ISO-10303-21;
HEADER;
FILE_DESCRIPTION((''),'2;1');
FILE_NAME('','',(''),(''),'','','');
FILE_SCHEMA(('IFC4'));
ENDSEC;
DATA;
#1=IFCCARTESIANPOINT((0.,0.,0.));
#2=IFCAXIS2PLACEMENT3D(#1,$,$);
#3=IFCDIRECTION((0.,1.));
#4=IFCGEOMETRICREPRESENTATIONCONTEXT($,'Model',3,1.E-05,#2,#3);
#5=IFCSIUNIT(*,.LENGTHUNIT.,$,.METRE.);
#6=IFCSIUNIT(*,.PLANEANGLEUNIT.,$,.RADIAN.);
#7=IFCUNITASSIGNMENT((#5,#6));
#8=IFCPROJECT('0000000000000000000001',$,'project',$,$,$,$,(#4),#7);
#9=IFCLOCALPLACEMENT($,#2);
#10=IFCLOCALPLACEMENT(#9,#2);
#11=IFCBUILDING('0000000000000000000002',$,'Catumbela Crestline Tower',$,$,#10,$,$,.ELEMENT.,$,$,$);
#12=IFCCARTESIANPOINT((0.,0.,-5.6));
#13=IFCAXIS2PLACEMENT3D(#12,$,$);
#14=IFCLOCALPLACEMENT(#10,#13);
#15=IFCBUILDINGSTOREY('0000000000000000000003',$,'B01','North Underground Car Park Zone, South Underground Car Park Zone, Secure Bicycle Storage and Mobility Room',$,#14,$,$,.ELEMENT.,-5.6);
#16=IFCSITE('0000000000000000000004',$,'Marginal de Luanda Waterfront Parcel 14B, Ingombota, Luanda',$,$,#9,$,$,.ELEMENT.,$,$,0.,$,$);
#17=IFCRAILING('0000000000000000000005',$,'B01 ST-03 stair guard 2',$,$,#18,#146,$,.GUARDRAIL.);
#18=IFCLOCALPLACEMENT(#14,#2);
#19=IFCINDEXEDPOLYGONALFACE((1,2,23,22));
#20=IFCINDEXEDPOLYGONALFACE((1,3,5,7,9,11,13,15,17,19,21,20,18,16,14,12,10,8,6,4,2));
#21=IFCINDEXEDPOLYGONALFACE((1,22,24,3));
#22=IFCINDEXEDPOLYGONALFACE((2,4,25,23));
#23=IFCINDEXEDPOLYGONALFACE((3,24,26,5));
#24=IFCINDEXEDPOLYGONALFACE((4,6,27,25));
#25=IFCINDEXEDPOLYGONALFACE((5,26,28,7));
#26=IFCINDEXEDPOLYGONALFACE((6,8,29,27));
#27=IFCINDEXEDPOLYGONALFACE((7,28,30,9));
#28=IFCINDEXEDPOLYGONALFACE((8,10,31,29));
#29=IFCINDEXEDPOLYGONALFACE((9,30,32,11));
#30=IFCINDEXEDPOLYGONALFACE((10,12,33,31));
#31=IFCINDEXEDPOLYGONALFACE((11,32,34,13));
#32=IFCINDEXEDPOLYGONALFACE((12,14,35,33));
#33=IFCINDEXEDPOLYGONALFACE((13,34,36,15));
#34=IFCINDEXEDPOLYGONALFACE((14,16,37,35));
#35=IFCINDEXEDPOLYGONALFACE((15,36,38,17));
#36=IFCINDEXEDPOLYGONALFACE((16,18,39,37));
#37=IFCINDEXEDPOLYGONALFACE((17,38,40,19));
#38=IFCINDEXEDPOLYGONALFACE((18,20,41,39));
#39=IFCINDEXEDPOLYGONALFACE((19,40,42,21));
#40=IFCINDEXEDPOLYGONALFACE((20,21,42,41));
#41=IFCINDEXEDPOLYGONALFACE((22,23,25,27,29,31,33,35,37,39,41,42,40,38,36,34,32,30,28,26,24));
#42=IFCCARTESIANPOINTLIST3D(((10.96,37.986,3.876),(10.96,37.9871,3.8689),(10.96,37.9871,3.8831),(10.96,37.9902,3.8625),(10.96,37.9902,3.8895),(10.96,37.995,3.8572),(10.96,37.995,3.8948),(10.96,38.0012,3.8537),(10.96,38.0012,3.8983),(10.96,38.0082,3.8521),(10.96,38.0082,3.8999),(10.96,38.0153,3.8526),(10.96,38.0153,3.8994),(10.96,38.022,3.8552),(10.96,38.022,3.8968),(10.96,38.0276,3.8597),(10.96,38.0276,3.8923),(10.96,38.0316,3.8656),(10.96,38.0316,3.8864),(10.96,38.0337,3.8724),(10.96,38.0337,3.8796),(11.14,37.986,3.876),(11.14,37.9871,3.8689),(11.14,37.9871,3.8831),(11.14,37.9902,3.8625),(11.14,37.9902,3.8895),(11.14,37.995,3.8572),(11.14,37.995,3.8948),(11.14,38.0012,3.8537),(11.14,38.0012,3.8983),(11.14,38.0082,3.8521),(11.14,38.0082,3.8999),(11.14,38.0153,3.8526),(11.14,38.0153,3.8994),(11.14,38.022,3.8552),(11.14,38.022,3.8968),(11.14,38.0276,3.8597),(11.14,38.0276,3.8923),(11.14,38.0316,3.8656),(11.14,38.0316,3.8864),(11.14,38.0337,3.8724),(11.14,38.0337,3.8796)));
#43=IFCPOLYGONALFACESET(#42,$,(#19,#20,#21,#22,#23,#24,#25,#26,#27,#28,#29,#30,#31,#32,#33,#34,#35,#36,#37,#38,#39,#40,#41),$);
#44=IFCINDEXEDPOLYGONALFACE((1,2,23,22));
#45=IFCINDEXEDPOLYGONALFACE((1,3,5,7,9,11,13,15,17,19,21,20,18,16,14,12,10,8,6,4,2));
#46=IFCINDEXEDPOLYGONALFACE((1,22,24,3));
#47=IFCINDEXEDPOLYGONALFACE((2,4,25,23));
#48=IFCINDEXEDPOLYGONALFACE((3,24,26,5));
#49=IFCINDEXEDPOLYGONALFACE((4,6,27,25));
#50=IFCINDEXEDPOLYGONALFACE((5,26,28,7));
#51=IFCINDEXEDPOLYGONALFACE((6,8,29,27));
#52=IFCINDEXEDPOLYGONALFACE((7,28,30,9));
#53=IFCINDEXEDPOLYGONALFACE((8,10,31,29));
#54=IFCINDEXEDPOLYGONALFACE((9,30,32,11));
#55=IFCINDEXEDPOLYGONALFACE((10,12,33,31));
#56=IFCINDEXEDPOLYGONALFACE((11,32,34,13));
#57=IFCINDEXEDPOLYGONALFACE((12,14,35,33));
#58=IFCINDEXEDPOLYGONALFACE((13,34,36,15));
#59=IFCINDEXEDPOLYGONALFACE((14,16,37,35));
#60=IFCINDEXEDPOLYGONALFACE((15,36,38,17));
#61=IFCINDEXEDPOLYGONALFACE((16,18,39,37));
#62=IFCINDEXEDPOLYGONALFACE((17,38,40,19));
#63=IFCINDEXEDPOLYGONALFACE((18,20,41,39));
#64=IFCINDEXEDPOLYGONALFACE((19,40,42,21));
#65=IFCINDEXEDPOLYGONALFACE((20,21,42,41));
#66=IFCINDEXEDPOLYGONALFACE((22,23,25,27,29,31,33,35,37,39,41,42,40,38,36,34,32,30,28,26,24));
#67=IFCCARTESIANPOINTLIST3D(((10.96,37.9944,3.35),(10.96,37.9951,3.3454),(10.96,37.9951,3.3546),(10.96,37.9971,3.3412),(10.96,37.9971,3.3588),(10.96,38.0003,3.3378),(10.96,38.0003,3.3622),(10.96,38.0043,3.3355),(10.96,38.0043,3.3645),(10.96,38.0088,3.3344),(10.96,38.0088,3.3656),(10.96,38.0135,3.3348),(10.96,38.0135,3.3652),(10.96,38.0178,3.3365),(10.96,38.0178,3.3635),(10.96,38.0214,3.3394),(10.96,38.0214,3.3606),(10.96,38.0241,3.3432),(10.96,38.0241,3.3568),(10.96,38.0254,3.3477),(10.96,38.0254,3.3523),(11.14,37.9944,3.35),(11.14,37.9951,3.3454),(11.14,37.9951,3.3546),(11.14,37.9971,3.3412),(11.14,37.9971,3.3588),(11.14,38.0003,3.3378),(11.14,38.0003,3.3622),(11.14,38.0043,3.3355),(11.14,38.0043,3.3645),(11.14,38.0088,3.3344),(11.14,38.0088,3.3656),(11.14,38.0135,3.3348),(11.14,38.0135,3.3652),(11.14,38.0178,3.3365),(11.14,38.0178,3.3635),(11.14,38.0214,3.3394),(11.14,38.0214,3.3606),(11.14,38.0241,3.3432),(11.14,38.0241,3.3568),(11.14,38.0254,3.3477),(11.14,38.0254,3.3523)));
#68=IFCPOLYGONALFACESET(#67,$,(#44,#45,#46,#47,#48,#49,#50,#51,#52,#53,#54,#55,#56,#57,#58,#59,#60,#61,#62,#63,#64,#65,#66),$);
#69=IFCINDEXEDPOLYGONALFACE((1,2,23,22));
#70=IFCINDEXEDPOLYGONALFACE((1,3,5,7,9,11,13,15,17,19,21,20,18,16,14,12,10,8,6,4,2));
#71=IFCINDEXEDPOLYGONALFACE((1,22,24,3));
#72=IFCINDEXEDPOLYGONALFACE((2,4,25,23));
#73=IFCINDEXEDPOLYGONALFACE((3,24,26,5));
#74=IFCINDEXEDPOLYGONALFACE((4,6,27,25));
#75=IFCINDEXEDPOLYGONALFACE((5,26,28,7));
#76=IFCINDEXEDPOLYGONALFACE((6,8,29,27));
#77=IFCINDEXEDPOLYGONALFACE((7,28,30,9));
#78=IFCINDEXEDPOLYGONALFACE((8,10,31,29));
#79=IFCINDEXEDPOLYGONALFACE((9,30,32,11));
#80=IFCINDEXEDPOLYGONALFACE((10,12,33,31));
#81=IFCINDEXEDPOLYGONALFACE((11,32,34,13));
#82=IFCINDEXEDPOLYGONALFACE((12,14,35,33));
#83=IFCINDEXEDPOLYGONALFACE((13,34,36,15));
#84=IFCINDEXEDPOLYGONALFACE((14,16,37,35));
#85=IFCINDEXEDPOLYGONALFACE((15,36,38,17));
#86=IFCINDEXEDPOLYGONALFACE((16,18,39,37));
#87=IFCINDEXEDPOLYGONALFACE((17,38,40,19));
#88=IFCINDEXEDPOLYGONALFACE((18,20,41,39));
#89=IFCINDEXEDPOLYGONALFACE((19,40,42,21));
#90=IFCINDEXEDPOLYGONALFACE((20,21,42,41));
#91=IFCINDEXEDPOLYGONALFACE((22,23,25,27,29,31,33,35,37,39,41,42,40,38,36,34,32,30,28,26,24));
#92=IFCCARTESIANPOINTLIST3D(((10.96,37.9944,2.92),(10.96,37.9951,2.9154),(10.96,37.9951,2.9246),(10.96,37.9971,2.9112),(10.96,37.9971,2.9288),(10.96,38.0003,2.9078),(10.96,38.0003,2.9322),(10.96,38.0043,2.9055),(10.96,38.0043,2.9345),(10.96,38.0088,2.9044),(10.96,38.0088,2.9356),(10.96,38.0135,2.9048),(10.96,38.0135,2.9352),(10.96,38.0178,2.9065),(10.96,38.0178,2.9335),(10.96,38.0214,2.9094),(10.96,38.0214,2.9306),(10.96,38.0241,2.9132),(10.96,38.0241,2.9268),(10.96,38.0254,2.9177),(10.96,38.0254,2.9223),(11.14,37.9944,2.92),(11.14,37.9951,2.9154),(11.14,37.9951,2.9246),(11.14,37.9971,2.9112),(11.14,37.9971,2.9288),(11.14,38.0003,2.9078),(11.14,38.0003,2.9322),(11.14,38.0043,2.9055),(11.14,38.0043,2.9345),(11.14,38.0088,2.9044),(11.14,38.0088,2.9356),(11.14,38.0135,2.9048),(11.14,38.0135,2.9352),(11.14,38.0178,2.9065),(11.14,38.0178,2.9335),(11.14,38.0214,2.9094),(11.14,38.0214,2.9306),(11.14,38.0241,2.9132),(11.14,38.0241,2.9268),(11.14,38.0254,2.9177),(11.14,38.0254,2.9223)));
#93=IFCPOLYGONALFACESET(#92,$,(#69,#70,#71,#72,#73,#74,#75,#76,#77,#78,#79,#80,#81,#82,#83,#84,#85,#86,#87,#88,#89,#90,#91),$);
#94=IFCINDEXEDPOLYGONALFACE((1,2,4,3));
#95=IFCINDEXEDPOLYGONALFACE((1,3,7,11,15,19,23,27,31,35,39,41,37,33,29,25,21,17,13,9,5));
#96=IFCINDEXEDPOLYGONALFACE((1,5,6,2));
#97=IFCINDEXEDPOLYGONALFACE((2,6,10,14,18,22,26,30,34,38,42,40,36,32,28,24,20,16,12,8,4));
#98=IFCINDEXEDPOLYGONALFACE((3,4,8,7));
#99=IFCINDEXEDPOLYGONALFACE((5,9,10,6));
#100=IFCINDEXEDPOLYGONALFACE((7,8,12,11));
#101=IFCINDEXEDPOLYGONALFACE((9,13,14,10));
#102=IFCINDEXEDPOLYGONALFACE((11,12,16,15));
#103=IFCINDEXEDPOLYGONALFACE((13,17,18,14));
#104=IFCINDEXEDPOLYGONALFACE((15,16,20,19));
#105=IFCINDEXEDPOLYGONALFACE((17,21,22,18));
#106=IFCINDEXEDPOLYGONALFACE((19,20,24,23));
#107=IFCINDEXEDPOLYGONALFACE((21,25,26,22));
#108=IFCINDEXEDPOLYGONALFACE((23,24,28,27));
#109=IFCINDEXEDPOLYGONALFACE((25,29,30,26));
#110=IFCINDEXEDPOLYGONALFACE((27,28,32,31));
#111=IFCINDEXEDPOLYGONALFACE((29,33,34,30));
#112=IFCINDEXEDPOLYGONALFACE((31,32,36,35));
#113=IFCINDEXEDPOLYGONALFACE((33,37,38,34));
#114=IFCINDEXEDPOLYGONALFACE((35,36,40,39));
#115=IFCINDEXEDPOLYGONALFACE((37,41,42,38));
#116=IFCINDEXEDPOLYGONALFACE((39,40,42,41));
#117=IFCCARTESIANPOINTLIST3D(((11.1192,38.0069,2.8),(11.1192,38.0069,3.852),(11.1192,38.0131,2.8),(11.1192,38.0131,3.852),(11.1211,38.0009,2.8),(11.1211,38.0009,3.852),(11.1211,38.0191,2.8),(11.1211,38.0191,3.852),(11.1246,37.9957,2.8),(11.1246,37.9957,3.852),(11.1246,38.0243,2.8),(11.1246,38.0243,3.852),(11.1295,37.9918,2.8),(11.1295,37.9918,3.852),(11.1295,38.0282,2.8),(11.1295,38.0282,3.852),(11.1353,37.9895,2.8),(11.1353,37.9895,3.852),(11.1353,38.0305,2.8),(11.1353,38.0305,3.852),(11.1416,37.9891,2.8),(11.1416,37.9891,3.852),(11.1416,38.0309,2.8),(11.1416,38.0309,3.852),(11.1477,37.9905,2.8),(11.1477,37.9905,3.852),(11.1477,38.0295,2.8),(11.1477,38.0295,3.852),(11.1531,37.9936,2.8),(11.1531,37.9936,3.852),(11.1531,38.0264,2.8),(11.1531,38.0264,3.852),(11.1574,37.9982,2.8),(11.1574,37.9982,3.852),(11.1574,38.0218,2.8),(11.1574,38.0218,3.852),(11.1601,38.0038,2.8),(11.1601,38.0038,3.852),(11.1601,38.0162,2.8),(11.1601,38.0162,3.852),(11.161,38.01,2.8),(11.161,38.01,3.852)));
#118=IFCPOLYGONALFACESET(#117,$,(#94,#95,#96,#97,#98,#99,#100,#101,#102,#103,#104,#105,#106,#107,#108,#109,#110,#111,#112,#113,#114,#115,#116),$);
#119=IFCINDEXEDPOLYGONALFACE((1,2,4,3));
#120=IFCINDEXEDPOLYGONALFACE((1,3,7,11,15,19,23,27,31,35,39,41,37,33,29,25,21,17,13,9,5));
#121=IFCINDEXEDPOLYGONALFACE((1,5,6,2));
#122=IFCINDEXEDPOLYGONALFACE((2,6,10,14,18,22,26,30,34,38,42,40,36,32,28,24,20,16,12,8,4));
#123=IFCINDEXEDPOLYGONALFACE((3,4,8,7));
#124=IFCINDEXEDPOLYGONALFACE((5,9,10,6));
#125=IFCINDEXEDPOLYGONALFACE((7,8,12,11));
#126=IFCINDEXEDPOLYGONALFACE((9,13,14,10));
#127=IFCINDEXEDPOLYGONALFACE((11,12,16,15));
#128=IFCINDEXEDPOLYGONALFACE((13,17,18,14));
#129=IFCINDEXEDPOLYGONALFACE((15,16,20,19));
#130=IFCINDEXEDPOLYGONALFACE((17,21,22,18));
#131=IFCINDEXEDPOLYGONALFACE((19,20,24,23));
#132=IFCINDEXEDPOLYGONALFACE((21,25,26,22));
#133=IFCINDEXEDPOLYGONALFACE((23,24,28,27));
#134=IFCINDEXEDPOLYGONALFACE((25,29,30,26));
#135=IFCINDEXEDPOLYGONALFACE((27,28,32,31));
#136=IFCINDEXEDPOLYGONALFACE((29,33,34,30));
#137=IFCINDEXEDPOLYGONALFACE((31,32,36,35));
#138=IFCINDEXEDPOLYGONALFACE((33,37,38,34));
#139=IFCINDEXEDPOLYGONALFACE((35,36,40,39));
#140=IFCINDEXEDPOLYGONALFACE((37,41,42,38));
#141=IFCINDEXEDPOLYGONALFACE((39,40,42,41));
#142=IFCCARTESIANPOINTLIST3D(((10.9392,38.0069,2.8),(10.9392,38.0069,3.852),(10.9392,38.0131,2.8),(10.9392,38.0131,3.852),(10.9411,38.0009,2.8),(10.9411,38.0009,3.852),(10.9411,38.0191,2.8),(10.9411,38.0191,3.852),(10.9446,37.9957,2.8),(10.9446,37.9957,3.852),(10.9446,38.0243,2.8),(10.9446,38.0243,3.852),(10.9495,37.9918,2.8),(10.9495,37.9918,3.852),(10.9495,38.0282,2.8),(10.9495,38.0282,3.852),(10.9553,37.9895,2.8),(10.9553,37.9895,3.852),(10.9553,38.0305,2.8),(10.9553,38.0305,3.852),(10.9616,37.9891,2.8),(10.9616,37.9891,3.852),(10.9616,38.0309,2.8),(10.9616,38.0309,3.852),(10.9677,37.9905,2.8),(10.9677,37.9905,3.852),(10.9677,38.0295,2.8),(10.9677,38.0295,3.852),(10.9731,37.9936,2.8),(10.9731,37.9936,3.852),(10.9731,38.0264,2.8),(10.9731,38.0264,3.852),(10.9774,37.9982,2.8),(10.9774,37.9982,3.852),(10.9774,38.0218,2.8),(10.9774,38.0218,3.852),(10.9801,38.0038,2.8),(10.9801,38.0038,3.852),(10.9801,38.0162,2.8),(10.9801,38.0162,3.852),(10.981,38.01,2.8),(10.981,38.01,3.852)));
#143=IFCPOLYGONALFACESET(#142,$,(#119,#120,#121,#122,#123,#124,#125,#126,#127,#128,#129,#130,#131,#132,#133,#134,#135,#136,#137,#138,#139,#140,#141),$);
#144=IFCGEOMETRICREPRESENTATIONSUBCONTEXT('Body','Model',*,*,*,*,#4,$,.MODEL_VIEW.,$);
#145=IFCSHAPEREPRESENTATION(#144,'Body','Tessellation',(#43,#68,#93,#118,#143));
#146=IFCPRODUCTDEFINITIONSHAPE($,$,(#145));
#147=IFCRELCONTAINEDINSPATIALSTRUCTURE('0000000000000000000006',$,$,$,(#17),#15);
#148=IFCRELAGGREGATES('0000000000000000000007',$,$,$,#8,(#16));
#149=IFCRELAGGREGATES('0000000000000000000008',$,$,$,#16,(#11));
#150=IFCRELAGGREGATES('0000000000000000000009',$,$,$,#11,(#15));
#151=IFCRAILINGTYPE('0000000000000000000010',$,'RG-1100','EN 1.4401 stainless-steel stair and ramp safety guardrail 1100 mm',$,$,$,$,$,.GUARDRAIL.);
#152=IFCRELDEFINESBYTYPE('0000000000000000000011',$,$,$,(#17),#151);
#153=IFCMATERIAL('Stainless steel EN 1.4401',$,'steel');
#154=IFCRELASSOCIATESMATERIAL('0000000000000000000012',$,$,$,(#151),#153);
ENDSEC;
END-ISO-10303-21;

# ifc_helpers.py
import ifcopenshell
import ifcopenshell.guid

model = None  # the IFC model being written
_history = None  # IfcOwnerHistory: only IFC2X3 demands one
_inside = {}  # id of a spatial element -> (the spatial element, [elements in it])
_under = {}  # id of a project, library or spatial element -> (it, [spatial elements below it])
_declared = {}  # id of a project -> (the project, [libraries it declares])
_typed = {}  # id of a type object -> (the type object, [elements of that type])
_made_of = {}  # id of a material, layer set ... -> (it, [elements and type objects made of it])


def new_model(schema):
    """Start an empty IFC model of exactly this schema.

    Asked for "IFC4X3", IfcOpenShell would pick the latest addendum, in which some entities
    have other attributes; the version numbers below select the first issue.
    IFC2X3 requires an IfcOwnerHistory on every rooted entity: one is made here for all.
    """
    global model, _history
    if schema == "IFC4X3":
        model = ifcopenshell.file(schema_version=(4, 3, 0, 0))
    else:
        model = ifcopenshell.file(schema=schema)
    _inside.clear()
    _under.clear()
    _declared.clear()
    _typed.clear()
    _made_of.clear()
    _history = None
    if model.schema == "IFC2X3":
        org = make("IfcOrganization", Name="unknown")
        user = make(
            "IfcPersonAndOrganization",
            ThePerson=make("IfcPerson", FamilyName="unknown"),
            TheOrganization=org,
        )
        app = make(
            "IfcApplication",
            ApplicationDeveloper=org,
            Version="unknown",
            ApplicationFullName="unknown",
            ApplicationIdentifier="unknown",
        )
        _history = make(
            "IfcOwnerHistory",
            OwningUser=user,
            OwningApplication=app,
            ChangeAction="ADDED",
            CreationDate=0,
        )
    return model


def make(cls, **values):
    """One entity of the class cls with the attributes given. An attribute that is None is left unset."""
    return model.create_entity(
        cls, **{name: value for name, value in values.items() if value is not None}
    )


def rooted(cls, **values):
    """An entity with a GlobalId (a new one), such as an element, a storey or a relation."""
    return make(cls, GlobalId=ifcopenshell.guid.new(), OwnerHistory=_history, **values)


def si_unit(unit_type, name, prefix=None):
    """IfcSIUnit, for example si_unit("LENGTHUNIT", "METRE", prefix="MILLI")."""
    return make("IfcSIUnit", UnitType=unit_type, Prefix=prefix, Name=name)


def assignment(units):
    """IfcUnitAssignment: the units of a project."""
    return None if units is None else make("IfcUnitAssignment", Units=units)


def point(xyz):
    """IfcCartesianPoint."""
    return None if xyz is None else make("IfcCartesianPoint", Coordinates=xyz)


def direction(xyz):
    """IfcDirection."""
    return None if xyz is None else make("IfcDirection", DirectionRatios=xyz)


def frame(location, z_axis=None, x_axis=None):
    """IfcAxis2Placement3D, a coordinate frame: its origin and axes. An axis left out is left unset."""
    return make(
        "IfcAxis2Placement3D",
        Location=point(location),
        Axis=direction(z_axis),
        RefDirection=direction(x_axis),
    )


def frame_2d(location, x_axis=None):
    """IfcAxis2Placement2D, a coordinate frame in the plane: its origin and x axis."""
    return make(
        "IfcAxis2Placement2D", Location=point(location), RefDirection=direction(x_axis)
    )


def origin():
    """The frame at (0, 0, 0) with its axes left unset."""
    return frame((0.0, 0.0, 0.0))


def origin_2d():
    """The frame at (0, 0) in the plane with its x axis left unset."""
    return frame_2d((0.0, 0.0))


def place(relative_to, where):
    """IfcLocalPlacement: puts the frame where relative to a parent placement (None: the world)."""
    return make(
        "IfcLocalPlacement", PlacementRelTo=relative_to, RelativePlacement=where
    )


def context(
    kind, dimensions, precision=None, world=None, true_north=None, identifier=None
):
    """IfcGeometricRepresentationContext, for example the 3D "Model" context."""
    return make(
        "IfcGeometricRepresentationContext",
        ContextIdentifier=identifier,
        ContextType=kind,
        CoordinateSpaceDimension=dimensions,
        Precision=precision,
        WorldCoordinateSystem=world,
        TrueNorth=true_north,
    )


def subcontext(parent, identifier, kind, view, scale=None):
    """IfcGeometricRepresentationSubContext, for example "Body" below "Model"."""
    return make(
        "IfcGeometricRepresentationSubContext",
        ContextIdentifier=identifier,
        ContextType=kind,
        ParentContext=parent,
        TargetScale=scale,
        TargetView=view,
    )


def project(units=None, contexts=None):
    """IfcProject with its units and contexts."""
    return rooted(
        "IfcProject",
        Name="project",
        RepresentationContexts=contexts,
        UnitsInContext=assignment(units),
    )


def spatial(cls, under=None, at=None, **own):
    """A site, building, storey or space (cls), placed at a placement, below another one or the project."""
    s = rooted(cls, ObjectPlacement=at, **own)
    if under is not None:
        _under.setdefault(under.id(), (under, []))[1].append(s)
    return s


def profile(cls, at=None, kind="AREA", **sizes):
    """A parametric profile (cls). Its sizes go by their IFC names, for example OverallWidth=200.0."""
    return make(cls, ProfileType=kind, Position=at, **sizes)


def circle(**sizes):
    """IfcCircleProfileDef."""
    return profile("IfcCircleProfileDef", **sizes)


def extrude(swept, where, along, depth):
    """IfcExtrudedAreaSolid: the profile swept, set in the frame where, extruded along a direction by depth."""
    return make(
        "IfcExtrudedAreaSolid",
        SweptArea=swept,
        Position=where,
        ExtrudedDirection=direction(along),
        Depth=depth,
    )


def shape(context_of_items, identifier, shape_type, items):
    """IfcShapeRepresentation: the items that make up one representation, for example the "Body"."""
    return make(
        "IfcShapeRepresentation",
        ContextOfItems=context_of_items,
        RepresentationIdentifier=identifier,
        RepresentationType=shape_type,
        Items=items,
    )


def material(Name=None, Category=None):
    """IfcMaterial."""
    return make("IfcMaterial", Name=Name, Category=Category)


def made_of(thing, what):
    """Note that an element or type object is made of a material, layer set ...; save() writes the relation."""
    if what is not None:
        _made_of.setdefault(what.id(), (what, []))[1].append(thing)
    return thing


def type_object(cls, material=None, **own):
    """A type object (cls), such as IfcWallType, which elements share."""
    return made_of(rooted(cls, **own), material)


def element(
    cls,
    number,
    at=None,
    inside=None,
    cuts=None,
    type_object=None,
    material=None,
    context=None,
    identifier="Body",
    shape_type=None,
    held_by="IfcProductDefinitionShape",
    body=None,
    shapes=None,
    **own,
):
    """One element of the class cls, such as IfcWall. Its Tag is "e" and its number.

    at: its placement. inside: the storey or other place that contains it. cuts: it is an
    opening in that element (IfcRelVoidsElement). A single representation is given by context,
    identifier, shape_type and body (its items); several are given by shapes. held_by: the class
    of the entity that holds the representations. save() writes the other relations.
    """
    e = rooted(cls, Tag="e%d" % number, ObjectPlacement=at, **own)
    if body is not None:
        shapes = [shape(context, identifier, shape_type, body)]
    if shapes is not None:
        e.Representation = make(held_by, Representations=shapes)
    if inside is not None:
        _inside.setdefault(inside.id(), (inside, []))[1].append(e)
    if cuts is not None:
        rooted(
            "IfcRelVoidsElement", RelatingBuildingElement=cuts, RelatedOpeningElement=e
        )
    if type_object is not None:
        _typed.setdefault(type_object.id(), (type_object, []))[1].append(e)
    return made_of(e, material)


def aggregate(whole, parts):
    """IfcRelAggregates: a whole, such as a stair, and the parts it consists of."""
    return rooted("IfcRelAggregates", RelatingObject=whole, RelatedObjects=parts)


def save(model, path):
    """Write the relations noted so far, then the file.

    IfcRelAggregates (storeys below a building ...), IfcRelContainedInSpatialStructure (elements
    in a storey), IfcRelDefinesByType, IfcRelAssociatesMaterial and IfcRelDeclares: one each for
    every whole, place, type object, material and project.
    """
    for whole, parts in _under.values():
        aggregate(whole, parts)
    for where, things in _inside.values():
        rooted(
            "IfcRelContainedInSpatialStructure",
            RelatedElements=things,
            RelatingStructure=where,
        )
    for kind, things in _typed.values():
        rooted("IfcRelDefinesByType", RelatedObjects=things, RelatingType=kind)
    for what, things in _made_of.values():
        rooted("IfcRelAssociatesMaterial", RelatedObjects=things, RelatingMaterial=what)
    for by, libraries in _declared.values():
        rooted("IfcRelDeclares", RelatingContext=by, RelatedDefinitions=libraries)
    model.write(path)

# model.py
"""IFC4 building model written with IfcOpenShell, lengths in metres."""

from ifc_helpers import new_model, si_unit, direction, frame, origin, origin_2d, place, context, subcontext, project, spatial, circle, extrude, material, type_object, element, save


model = new_model("IFC4")

# Units and contexts
model_context = context("Model", 3, precision=1e-05, world=origin(), true_north=direction((0.0, 1.0)))
body_context = subcontext(model_context, "Body", "Model", "MODEL_VIEW")
ifc_project = project(units=[si_unit("LENGTHUNIT", "METRE"), si_unit("PLANEANGLEUNIT", "RADIAN")], contexts=[model_context])

# Site, building, storey
site_placement = place(None, origin())
site = spatial("IfcSite", under=ifc_project, at=site_placement, Name="Marginal de Luanda Waterfront Parcel 14B, Ingombota, Luanda", CompositionType="ELEMENT", RefElevation=0.0)
building_placement = place(site_placement, origin())
building = spatial("IfcBuilding", under=site, at=building_placement, Name="Catumbela Crestline Tower", CompositionType="ELEMENT")
storey_placement = place(building_placement, frame((0.0, 0.0, -5.6)))
storey = spatial("IfcBuildingStorey", under=building, at=storey_placement, Name="B01", Description="North Underground Car Park Zone, South Underground Car Park Zone, Secure Bicycle Storage and Mobility Room", CompositionType="ELEMENT", Elevation=-5.6)

# Shared definitions
ifc_material_1 = material(Name="Stainless steel EN 1.4401", Category="steel")

# Railing
railing_type_1 = type_object("IfcRailingType", Name="RG-1100", Description="EN 1.4401 stainless-steel stair and ramp safety guardrail 1100 mm", PredefinedType="GUARDRAIL", material=ifc_material_1)
railing_1_placement = place(storey_placement, frame((11.14, 38.01, 2.8)))
element("IfcRailing", 1, at=railing_1_placement, inside=storey, type_object=railing_type_1, Name="B01 ST-03 stair guard 2", PredefinedType="GUARDRAIL", context=body_context, shape_type="SweptSolid", body=[
    extrude(circle(Radius=0.024, at=origin_2d()), frame((0.0, 0.0, 1.076), z_axis=(-1.0, 0.0, 0.0), x_axis=(0.0, -1.0, 0.0)), (0.0, 0.0, 1.0), 0.18),
    extrude(circle(Radius=0.0156, at=origin_2d()), frame((0.0, 0.0, 0.55), z_axis=(-1.0, 0.0, 0.0), x_axis=(0.0, -1.0, 0.0)), (0.0, 0.0, 1.0), 0.18),
    extrude(circle(Radius=0.0156, at=origin_2d()), frame((0.0, 0.0, 0.12), z_axis=(-1.0, 0.0, 0.0), x_axis=(0.0, -1.0, 0.0)), (0.0, 0.0, 1.0), 0.18),
    extrude(circle(Radius=0.021, at=origin_2d()), origin(), (0.0, 0.0, 1.0), 1.052),
    extrude(circle(Radius=0.021, at=origin_2d()), frame((-0.18, 0.0, 0.0)), (0.0, 0.0, 1.0), 1.052),
])

save(model, "model.ifc")
